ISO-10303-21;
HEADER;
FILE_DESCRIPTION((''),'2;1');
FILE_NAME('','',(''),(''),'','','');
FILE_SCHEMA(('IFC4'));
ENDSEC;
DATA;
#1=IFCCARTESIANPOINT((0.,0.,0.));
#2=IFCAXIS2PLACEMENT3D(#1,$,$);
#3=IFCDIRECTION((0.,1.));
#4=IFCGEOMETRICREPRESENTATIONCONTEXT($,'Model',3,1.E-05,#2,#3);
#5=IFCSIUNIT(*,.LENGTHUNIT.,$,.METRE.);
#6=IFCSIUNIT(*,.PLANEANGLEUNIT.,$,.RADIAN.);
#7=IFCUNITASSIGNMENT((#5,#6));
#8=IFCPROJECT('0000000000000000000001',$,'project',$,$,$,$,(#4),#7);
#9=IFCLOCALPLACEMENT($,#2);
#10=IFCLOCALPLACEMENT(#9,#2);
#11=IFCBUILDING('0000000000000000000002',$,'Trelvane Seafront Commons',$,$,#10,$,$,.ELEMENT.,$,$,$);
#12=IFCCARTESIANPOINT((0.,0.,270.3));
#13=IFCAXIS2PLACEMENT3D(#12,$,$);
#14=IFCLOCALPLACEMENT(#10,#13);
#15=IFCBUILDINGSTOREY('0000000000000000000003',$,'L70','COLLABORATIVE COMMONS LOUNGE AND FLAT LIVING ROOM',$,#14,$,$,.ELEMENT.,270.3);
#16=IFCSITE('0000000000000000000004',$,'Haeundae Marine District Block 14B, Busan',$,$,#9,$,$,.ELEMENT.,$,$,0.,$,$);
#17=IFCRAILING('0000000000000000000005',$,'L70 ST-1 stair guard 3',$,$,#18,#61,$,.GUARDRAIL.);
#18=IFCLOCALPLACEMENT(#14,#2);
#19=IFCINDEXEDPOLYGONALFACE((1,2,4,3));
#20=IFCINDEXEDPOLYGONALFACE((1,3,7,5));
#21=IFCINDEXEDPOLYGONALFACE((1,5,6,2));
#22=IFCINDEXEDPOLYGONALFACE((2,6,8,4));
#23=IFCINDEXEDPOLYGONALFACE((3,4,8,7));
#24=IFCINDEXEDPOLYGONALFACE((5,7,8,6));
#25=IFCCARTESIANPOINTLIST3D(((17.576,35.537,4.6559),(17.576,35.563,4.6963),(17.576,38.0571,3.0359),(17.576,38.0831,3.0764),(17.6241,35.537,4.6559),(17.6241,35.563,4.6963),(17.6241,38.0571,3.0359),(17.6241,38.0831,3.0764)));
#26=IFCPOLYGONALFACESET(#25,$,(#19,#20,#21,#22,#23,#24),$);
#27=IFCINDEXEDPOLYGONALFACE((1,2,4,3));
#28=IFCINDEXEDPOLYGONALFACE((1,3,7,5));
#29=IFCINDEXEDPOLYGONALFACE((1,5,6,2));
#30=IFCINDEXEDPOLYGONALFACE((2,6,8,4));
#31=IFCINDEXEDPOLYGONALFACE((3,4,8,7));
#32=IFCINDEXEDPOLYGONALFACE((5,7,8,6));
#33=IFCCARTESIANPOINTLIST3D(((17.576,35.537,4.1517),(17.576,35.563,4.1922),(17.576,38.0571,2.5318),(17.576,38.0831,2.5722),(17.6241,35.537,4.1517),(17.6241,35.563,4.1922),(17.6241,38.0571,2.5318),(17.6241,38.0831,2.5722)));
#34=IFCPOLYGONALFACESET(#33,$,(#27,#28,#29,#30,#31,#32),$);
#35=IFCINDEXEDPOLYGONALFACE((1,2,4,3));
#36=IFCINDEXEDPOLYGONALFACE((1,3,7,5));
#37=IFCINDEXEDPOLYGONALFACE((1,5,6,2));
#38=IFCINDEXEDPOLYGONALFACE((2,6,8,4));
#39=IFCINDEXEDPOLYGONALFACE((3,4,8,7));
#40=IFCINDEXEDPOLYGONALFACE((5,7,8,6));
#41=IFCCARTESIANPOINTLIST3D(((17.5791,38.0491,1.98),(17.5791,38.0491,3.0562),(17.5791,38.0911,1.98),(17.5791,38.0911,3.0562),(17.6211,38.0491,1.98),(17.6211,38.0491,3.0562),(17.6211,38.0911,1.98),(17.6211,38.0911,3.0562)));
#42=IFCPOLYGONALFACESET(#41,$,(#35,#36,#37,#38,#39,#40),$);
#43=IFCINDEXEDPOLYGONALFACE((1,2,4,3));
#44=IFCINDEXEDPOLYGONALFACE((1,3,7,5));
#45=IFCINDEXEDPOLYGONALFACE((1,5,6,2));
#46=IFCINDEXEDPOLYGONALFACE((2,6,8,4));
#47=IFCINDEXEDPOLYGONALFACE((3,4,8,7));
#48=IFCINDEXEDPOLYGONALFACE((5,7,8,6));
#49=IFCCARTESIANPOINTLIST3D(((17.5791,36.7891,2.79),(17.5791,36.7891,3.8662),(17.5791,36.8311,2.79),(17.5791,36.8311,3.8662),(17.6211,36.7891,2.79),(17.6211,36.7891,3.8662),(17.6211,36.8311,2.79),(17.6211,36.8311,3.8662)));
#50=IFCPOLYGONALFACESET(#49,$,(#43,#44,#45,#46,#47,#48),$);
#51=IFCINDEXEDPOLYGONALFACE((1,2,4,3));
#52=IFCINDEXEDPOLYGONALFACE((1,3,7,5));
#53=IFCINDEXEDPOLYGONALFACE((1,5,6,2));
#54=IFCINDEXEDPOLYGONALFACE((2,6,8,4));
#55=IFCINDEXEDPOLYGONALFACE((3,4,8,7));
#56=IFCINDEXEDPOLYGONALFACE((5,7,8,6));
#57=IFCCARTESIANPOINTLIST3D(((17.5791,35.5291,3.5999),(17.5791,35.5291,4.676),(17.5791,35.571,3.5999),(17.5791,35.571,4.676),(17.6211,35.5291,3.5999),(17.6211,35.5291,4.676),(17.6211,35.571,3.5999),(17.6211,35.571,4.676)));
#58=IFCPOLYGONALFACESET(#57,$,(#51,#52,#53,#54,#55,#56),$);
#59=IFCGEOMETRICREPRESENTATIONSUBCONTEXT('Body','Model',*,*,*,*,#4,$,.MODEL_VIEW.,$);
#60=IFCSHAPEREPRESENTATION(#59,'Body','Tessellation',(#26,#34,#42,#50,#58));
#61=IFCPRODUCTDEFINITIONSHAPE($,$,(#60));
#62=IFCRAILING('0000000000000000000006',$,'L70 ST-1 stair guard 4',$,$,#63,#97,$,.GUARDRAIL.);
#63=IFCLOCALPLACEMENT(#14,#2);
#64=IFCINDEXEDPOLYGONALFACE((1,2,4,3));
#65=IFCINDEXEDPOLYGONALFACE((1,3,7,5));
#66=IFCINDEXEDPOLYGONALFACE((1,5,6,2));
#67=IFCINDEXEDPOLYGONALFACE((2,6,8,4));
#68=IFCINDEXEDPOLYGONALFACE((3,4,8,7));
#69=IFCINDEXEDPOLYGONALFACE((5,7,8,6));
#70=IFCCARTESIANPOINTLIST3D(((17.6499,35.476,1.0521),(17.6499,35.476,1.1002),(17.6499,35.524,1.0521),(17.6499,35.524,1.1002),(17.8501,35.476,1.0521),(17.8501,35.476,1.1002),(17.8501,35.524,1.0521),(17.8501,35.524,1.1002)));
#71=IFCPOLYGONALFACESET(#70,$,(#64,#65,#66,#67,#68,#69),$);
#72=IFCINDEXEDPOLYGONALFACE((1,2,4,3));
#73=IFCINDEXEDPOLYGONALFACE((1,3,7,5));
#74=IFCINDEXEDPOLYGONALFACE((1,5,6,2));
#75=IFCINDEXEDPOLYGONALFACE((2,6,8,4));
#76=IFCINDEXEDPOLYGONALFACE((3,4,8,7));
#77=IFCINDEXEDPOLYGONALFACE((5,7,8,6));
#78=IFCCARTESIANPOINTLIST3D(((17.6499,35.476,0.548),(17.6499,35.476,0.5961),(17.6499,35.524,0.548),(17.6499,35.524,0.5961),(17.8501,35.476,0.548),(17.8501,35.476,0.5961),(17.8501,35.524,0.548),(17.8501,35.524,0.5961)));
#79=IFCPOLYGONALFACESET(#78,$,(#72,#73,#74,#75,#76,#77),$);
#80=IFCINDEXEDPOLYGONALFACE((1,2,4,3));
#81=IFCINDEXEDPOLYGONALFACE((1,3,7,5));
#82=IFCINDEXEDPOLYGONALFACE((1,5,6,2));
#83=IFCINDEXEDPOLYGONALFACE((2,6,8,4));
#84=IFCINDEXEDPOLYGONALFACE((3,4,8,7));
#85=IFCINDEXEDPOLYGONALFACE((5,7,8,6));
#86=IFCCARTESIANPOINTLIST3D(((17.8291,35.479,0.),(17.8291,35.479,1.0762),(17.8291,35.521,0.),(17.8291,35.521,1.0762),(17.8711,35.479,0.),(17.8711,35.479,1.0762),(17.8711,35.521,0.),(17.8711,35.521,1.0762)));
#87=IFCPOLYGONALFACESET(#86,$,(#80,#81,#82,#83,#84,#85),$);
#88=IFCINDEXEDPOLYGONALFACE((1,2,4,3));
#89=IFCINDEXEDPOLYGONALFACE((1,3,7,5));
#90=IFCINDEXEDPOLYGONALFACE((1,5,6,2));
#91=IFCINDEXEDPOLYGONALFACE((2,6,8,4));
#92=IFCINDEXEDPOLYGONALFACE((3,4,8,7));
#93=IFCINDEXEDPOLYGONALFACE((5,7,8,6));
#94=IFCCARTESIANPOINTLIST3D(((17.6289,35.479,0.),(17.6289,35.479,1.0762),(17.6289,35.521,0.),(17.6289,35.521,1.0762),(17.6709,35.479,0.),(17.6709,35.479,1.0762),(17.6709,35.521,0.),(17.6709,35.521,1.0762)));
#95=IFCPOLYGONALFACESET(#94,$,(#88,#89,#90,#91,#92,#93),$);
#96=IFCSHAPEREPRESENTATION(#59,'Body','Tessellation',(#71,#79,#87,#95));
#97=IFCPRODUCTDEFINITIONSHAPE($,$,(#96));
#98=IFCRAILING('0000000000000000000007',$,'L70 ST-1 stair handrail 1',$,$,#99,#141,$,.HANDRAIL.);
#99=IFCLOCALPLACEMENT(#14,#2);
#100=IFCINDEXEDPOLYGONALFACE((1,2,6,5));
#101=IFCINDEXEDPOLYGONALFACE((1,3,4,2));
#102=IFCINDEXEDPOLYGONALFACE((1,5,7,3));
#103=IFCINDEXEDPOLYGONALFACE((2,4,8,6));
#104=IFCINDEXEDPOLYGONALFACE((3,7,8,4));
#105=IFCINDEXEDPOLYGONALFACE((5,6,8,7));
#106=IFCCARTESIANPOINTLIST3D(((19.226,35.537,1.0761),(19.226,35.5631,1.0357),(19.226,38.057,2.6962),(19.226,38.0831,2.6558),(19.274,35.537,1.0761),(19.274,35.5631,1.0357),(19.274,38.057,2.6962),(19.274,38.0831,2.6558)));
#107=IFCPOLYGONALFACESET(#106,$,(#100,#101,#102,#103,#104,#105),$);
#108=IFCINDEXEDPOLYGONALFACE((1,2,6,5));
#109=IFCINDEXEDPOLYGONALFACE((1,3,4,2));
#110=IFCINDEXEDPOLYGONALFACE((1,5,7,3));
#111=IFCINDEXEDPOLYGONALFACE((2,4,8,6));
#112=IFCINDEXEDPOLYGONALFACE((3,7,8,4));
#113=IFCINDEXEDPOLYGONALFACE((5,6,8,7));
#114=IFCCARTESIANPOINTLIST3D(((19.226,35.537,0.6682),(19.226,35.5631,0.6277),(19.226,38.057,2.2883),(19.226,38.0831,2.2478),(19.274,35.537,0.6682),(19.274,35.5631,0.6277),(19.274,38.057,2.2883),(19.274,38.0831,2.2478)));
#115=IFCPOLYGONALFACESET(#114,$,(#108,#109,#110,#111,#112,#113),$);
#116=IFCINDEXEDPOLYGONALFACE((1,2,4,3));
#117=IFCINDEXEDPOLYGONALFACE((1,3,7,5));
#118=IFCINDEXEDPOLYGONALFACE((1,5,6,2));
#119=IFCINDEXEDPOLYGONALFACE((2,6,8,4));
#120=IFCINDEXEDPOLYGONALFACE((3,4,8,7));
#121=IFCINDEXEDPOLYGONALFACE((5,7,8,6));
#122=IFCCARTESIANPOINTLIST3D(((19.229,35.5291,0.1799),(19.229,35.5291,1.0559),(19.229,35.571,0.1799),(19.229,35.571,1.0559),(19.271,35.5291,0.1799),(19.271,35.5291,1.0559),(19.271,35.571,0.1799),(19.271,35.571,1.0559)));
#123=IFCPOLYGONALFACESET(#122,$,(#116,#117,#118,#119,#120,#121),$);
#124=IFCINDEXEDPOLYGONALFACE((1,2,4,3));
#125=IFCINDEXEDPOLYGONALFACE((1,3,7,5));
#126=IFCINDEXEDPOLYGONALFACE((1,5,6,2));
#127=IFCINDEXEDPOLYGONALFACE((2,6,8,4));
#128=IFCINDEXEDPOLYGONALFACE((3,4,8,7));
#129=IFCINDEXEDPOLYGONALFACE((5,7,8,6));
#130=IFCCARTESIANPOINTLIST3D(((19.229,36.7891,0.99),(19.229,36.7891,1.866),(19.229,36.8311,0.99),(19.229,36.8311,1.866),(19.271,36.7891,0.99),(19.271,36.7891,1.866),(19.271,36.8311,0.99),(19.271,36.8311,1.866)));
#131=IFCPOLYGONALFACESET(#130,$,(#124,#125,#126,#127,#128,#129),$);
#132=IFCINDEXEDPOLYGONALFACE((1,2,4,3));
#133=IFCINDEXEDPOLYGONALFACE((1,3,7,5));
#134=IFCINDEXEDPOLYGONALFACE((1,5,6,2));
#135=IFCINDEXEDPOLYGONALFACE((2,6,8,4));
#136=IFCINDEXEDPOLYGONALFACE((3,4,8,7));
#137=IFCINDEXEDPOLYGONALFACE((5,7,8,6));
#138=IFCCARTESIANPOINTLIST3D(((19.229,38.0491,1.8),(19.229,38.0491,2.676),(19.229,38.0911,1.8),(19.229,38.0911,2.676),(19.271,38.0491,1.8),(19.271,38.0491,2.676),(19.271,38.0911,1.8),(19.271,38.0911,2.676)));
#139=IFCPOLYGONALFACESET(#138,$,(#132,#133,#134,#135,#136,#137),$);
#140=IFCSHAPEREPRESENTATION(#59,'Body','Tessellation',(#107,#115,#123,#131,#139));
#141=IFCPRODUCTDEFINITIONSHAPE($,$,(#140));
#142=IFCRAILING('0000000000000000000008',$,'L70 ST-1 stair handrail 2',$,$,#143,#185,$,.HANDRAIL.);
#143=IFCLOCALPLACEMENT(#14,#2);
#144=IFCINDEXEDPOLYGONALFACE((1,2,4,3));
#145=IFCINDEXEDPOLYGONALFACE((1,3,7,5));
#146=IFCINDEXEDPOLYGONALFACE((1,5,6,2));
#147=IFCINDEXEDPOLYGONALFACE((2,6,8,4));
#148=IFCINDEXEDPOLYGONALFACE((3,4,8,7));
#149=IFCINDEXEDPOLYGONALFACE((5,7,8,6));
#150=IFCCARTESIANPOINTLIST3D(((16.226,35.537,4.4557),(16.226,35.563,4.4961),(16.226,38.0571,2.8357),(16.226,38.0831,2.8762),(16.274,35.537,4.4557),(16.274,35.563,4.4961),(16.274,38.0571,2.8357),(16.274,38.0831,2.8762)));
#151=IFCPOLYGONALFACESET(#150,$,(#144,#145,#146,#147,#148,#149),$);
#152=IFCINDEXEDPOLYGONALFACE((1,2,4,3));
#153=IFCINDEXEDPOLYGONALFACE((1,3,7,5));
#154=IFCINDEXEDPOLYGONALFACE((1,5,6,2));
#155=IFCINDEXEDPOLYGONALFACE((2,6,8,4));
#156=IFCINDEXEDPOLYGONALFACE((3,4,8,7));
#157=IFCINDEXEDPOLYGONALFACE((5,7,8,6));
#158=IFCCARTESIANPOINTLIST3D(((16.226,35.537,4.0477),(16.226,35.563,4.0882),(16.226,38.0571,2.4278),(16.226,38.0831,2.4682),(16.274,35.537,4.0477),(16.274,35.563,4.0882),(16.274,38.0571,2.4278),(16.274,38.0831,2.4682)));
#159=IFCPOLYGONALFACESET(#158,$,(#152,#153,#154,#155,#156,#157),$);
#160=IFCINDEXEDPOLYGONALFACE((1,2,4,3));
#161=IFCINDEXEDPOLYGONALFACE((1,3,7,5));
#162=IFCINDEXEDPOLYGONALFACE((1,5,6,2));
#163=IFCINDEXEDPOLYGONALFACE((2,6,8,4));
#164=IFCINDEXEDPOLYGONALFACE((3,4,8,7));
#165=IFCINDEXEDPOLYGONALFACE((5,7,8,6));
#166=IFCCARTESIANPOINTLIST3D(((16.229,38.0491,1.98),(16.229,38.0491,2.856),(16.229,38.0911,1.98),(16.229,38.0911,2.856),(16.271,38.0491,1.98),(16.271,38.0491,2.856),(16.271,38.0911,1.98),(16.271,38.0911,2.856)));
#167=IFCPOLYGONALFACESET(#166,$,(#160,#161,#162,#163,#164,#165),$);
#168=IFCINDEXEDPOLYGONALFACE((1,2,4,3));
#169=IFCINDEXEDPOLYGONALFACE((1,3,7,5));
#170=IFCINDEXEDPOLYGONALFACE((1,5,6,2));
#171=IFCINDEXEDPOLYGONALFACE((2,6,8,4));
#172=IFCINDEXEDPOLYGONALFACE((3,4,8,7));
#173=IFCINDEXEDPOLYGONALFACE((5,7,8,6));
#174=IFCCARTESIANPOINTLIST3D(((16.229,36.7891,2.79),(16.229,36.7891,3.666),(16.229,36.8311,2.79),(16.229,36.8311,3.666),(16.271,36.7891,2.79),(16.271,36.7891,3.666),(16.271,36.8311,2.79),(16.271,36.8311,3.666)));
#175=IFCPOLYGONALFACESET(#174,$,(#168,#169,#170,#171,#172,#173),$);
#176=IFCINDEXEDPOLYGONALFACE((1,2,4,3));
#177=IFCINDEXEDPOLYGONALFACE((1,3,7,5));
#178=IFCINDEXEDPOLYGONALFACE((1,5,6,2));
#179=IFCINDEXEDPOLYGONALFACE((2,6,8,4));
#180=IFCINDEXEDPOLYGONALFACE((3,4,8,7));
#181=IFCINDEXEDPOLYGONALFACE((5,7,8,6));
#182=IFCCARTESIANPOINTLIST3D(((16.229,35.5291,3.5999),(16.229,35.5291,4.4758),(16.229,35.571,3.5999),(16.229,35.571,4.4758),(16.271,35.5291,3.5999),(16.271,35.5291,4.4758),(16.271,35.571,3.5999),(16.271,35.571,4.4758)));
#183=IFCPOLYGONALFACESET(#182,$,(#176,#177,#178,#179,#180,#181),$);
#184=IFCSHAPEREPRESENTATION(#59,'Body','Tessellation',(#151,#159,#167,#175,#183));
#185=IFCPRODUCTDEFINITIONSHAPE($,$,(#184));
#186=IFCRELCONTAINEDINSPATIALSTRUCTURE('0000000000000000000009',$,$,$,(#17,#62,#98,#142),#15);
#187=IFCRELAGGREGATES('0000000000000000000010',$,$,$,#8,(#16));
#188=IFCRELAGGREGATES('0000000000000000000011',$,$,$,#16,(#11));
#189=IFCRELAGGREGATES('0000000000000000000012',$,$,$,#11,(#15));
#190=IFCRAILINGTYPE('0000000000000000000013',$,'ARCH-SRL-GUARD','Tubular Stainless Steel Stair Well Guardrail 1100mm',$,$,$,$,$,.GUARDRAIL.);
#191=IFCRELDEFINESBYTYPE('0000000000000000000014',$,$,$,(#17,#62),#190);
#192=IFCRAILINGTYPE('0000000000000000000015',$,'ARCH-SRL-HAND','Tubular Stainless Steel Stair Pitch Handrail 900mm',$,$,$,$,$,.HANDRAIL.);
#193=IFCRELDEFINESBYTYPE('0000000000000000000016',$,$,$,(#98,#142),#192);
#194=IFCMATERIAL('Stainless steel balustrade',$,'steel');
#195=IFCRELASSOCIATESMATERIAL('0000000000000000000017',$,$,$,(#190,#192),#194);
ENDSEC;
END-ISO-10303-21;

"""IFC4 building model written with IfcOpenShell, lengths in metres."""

from ifc_helpers import new_model, si_unit, direction, frame, origin, origin_2d, place, context, subcontext, project, spatial, rectangle, extrude, material, type_object, element, save


model = new_model("IFC4")

# Units and contexts
model_context = context("Model", 3, precision=1e-05, world=origin(), true_north=direction((0.0, 1.0)))
body_context = subcontext(model_context, "Body", "Model", "MODEL_VIEW")
ifc_project = project(units=[si_unit("LENGTHUNIT", "METRE"), si_unit("PLANEANGLEUNIT", "RADIAN")], contexts=[model_context])

# Site, building, storey
site_placement = place(None, origin())
site = spatial("IfcSite", under=ifc_project, at=site_placement, Name="Haeundae Marine District Block 14B, Busan", CompositionType="ELEMENT", RefElevation=0.0)
building_placement = place(site_placement, origin())
building = spatial("IfcBuilding", under=site, at=building_placement, Name="Trelvane Seafront Commons", CompositionType="ELEMENT")
storey_placement = place(building_placement, frame((0.0, 0.0, 270.3)))
storey = spatial("IfcBuildingStorey", under=building, at=storey_placement, Name="L70", Description="COLLABORATIVE COMMONS LOUNGE AND FLAT LIVING ROOM", CompositionType="ELEMENT", Elevation=270.3)

# Shared definitions
ifc_material_1 = material(Name="Stainless steel balustrade", Category="steel")

# Railings
railing_type_1 = type_object("IfcRailingType", Name="ARCH-SRL-GUARD", Description="Tubular Stainless Steel Stair Well Guardrail 1100mm", PredefinedType="GUARDRAIL", material=ifc_material_1)
railing_1_placement = place(storey_placement, frame((17.6001, 38.0701, 1.98)))
element("IfcRailing", 1, at=railing_1_placement, inside=storey, type_object=railing_type_1, Name="L70 ST-1 stair guard 3", PredefinedType="GUARDRAIL", context=body_context, shape_type="SweptSolid", body=[
    extrude(rectangle(XDim=0.0481, YDim=0.0481, at=origin_2d()), frame((0.0, 0.0, 1.0762), z_axis=(0.0, -0.8412, 0.540725), x_axis=(1.0, 0.0, 0.0)), (0.0, 0.0, 1.0), 2.9958),
    extrude(rectangle(XDim=0.0481, YDim=0.0481, at=origin_2d()), frame((0.0, 0.0, 0.572), z_axis=(0.0, -0.8412, 0.540725), x_axis=(1.0, 0.0, 0.0)), (0.0, 0.0, 1.0), 2.9958),
    extrude(rectangle(XDim=0.042, YDim=0.042, at=origin_2d()), origin(), (0.0, 0.0, 1.0), 1.0762),
    extrude(rectangle(XDim=0.042, YDim=0.042, at=origin_2d()), frame((0.0, -1.26, 0.8101)), (0.0, 0.0, 1.0), 1.0762),
    extrude(rectangle(XDim=0.042, YDim=0.042, at=origin_2d()), frame((0.0, -2.52, 1.6199)), (0.0, 0.0, 1.0), 1.0762),
])
railing_2_placement = place(storey_placement, frame((17.8501, 35.5, 0.0)))
element("IfcRailing", 2, at=railing_2_placement, inside=storey, type_object=railing_type_1, Name="L70 ST-1 stair guard 4", PredefinedType="GUARDRAIL", context=body_context, shape_type="SweptSolid", body=[
    extrude(rectangle(XDim=0.0481, YDim=0.0481, at=origin_2d()), frame((0.0, 0.0, 1.0762), z_axis=(-1.0, 0.0, 0.0), x_axis=(0.0, -1.0, 0.0)), (0.0, 0.0, 1.0), 0.2002),
    extrude(rectangle(XDim=0.0481, YDim=0.0481, at=origin_2d()), frame((0.0, 0.0, 0.572), z_axis=(-1.0, 0.0, 0.0), x_axis=(0.0, -1.0, 0.0)), (0.0, 0.0, 1.0), 0.2002),
    extrude(rectangle(XDim=0.042, YDim=0.042, at=origin_2d()), origin(), (0.0, 0.0, 1.0), 1.0762),
    extrude(rectangle(XDim=0.042, YDim=0.042, at=origin_2d()), frame((-0.2002, 0.0, 0.0)), (0.0, 0.0, 1.0), 1.0762),
])
railing_type_2 = type_object("IfcRailingType", Name="ARCH-SRL-HAND", Description="Tubular Stainless Steel Stair Pitch Handrail 900mm", PredefinedType="HANDRAIL", material=ifc_material_1)
railing_3_placement = place(storey_placement, frame((19.25, 35.55, 0.1799)))
element("IfcRailing", 3, at=railing_3_placement, inside=storey, type_object=railing_type_2, Name="L70 ST-1 stair handrail 1", PredefinedType="HANDRAIL", context=body_context, shape_type="SweptSolid", body=[
    extrude(rectangle(XDim=0.0481, YDim=0.0481, at=origin_2d()), frame((0.0, 0.0, 0.876), z_axis=(0.0, 0.841163, 0.540782), x_axis=(-1.0, 0.0, 0.0)), (0.0, 0.0, 1.0), 2.9958),
    extrude(rectangle(XDim=0.0481, YDim=0.0481, at=origin_2d()), frame((0.0, 0.0, 0.468), z_axis=(0.0, 0.841163, 0.540782), x_axis=(-1.0, 0.0, 0.0)), (0.0, 0.0, 1.0), 2.9958),
    extrude(rectangle(XDim=0.042, YDim=0.042, at=origin_2d()), origin(), (0.0, 0.0, 1.0), 0.876),
    extrude(rectangle(XDim=0.042, YDim=0.042, at=origin_2d()), frame((0.0, 1.26, 0.8101)), (0.0, 0.0, 1.0), 0.876),
    extrude(rectangle(XDim=0.042, YDim=0.042, at=origin_2d()), frame((0.0, 2.52, 1.6201)), (0.0, 0.0, 1.0), 0.876),
])
railing_4_placement = place(storey_placement, frame((16.25, 38.0701, 1.98)))
element("IfcRailing", 4, at=railing_4_placement, inside=storey, type_object=railing_type_2, Name="L70 ST-1 stair handrail 2", PredefinedType="HANDRAIL", context=body_context, shape_type="SweptSolid", body=[
    extrude(rectangle(XDim=0.0481, YDim=0.0481, at=origin_2d()), frame((0.0, 0.0, 0.876), z_axis=(0.0, -0.8412, 0.540725), x_axis=(1.0, 0.0, 0.0)), (0.0, 0.0, 1.0), 2.9958),
    extrude(rectangle(XDim=0.0481, YDim=0.0481, at=origin_2d()), frame((0.0, 0.0, 0.468), z_axis=(0.0, -0.8412, 0.540725), x_axis=(1.0, 0.0, 0.0)), (0.0, 0.0, 1.0), 2.9958),
    extrude(rectangle(XDim=0.042, YDim=0.042, at=origin_2d()), origin(), (0.0, 0.0, 1.0), 0.876),
    extrude(rectangle(XDim=0.042, YDim=0.042, at=origin_2d()), frame((0.0, -1.26, 0.8101)), (0.0, 0.0, 1.0), 0.876),
    extrude(rectangle(XDim=0.042, YDim=0.042, at=origin_2d()), frame((0.0, -2.52, 1.6199)), (0.0, 0.0, 1.0), 0.876),
])

save(model, "model.ifc")
